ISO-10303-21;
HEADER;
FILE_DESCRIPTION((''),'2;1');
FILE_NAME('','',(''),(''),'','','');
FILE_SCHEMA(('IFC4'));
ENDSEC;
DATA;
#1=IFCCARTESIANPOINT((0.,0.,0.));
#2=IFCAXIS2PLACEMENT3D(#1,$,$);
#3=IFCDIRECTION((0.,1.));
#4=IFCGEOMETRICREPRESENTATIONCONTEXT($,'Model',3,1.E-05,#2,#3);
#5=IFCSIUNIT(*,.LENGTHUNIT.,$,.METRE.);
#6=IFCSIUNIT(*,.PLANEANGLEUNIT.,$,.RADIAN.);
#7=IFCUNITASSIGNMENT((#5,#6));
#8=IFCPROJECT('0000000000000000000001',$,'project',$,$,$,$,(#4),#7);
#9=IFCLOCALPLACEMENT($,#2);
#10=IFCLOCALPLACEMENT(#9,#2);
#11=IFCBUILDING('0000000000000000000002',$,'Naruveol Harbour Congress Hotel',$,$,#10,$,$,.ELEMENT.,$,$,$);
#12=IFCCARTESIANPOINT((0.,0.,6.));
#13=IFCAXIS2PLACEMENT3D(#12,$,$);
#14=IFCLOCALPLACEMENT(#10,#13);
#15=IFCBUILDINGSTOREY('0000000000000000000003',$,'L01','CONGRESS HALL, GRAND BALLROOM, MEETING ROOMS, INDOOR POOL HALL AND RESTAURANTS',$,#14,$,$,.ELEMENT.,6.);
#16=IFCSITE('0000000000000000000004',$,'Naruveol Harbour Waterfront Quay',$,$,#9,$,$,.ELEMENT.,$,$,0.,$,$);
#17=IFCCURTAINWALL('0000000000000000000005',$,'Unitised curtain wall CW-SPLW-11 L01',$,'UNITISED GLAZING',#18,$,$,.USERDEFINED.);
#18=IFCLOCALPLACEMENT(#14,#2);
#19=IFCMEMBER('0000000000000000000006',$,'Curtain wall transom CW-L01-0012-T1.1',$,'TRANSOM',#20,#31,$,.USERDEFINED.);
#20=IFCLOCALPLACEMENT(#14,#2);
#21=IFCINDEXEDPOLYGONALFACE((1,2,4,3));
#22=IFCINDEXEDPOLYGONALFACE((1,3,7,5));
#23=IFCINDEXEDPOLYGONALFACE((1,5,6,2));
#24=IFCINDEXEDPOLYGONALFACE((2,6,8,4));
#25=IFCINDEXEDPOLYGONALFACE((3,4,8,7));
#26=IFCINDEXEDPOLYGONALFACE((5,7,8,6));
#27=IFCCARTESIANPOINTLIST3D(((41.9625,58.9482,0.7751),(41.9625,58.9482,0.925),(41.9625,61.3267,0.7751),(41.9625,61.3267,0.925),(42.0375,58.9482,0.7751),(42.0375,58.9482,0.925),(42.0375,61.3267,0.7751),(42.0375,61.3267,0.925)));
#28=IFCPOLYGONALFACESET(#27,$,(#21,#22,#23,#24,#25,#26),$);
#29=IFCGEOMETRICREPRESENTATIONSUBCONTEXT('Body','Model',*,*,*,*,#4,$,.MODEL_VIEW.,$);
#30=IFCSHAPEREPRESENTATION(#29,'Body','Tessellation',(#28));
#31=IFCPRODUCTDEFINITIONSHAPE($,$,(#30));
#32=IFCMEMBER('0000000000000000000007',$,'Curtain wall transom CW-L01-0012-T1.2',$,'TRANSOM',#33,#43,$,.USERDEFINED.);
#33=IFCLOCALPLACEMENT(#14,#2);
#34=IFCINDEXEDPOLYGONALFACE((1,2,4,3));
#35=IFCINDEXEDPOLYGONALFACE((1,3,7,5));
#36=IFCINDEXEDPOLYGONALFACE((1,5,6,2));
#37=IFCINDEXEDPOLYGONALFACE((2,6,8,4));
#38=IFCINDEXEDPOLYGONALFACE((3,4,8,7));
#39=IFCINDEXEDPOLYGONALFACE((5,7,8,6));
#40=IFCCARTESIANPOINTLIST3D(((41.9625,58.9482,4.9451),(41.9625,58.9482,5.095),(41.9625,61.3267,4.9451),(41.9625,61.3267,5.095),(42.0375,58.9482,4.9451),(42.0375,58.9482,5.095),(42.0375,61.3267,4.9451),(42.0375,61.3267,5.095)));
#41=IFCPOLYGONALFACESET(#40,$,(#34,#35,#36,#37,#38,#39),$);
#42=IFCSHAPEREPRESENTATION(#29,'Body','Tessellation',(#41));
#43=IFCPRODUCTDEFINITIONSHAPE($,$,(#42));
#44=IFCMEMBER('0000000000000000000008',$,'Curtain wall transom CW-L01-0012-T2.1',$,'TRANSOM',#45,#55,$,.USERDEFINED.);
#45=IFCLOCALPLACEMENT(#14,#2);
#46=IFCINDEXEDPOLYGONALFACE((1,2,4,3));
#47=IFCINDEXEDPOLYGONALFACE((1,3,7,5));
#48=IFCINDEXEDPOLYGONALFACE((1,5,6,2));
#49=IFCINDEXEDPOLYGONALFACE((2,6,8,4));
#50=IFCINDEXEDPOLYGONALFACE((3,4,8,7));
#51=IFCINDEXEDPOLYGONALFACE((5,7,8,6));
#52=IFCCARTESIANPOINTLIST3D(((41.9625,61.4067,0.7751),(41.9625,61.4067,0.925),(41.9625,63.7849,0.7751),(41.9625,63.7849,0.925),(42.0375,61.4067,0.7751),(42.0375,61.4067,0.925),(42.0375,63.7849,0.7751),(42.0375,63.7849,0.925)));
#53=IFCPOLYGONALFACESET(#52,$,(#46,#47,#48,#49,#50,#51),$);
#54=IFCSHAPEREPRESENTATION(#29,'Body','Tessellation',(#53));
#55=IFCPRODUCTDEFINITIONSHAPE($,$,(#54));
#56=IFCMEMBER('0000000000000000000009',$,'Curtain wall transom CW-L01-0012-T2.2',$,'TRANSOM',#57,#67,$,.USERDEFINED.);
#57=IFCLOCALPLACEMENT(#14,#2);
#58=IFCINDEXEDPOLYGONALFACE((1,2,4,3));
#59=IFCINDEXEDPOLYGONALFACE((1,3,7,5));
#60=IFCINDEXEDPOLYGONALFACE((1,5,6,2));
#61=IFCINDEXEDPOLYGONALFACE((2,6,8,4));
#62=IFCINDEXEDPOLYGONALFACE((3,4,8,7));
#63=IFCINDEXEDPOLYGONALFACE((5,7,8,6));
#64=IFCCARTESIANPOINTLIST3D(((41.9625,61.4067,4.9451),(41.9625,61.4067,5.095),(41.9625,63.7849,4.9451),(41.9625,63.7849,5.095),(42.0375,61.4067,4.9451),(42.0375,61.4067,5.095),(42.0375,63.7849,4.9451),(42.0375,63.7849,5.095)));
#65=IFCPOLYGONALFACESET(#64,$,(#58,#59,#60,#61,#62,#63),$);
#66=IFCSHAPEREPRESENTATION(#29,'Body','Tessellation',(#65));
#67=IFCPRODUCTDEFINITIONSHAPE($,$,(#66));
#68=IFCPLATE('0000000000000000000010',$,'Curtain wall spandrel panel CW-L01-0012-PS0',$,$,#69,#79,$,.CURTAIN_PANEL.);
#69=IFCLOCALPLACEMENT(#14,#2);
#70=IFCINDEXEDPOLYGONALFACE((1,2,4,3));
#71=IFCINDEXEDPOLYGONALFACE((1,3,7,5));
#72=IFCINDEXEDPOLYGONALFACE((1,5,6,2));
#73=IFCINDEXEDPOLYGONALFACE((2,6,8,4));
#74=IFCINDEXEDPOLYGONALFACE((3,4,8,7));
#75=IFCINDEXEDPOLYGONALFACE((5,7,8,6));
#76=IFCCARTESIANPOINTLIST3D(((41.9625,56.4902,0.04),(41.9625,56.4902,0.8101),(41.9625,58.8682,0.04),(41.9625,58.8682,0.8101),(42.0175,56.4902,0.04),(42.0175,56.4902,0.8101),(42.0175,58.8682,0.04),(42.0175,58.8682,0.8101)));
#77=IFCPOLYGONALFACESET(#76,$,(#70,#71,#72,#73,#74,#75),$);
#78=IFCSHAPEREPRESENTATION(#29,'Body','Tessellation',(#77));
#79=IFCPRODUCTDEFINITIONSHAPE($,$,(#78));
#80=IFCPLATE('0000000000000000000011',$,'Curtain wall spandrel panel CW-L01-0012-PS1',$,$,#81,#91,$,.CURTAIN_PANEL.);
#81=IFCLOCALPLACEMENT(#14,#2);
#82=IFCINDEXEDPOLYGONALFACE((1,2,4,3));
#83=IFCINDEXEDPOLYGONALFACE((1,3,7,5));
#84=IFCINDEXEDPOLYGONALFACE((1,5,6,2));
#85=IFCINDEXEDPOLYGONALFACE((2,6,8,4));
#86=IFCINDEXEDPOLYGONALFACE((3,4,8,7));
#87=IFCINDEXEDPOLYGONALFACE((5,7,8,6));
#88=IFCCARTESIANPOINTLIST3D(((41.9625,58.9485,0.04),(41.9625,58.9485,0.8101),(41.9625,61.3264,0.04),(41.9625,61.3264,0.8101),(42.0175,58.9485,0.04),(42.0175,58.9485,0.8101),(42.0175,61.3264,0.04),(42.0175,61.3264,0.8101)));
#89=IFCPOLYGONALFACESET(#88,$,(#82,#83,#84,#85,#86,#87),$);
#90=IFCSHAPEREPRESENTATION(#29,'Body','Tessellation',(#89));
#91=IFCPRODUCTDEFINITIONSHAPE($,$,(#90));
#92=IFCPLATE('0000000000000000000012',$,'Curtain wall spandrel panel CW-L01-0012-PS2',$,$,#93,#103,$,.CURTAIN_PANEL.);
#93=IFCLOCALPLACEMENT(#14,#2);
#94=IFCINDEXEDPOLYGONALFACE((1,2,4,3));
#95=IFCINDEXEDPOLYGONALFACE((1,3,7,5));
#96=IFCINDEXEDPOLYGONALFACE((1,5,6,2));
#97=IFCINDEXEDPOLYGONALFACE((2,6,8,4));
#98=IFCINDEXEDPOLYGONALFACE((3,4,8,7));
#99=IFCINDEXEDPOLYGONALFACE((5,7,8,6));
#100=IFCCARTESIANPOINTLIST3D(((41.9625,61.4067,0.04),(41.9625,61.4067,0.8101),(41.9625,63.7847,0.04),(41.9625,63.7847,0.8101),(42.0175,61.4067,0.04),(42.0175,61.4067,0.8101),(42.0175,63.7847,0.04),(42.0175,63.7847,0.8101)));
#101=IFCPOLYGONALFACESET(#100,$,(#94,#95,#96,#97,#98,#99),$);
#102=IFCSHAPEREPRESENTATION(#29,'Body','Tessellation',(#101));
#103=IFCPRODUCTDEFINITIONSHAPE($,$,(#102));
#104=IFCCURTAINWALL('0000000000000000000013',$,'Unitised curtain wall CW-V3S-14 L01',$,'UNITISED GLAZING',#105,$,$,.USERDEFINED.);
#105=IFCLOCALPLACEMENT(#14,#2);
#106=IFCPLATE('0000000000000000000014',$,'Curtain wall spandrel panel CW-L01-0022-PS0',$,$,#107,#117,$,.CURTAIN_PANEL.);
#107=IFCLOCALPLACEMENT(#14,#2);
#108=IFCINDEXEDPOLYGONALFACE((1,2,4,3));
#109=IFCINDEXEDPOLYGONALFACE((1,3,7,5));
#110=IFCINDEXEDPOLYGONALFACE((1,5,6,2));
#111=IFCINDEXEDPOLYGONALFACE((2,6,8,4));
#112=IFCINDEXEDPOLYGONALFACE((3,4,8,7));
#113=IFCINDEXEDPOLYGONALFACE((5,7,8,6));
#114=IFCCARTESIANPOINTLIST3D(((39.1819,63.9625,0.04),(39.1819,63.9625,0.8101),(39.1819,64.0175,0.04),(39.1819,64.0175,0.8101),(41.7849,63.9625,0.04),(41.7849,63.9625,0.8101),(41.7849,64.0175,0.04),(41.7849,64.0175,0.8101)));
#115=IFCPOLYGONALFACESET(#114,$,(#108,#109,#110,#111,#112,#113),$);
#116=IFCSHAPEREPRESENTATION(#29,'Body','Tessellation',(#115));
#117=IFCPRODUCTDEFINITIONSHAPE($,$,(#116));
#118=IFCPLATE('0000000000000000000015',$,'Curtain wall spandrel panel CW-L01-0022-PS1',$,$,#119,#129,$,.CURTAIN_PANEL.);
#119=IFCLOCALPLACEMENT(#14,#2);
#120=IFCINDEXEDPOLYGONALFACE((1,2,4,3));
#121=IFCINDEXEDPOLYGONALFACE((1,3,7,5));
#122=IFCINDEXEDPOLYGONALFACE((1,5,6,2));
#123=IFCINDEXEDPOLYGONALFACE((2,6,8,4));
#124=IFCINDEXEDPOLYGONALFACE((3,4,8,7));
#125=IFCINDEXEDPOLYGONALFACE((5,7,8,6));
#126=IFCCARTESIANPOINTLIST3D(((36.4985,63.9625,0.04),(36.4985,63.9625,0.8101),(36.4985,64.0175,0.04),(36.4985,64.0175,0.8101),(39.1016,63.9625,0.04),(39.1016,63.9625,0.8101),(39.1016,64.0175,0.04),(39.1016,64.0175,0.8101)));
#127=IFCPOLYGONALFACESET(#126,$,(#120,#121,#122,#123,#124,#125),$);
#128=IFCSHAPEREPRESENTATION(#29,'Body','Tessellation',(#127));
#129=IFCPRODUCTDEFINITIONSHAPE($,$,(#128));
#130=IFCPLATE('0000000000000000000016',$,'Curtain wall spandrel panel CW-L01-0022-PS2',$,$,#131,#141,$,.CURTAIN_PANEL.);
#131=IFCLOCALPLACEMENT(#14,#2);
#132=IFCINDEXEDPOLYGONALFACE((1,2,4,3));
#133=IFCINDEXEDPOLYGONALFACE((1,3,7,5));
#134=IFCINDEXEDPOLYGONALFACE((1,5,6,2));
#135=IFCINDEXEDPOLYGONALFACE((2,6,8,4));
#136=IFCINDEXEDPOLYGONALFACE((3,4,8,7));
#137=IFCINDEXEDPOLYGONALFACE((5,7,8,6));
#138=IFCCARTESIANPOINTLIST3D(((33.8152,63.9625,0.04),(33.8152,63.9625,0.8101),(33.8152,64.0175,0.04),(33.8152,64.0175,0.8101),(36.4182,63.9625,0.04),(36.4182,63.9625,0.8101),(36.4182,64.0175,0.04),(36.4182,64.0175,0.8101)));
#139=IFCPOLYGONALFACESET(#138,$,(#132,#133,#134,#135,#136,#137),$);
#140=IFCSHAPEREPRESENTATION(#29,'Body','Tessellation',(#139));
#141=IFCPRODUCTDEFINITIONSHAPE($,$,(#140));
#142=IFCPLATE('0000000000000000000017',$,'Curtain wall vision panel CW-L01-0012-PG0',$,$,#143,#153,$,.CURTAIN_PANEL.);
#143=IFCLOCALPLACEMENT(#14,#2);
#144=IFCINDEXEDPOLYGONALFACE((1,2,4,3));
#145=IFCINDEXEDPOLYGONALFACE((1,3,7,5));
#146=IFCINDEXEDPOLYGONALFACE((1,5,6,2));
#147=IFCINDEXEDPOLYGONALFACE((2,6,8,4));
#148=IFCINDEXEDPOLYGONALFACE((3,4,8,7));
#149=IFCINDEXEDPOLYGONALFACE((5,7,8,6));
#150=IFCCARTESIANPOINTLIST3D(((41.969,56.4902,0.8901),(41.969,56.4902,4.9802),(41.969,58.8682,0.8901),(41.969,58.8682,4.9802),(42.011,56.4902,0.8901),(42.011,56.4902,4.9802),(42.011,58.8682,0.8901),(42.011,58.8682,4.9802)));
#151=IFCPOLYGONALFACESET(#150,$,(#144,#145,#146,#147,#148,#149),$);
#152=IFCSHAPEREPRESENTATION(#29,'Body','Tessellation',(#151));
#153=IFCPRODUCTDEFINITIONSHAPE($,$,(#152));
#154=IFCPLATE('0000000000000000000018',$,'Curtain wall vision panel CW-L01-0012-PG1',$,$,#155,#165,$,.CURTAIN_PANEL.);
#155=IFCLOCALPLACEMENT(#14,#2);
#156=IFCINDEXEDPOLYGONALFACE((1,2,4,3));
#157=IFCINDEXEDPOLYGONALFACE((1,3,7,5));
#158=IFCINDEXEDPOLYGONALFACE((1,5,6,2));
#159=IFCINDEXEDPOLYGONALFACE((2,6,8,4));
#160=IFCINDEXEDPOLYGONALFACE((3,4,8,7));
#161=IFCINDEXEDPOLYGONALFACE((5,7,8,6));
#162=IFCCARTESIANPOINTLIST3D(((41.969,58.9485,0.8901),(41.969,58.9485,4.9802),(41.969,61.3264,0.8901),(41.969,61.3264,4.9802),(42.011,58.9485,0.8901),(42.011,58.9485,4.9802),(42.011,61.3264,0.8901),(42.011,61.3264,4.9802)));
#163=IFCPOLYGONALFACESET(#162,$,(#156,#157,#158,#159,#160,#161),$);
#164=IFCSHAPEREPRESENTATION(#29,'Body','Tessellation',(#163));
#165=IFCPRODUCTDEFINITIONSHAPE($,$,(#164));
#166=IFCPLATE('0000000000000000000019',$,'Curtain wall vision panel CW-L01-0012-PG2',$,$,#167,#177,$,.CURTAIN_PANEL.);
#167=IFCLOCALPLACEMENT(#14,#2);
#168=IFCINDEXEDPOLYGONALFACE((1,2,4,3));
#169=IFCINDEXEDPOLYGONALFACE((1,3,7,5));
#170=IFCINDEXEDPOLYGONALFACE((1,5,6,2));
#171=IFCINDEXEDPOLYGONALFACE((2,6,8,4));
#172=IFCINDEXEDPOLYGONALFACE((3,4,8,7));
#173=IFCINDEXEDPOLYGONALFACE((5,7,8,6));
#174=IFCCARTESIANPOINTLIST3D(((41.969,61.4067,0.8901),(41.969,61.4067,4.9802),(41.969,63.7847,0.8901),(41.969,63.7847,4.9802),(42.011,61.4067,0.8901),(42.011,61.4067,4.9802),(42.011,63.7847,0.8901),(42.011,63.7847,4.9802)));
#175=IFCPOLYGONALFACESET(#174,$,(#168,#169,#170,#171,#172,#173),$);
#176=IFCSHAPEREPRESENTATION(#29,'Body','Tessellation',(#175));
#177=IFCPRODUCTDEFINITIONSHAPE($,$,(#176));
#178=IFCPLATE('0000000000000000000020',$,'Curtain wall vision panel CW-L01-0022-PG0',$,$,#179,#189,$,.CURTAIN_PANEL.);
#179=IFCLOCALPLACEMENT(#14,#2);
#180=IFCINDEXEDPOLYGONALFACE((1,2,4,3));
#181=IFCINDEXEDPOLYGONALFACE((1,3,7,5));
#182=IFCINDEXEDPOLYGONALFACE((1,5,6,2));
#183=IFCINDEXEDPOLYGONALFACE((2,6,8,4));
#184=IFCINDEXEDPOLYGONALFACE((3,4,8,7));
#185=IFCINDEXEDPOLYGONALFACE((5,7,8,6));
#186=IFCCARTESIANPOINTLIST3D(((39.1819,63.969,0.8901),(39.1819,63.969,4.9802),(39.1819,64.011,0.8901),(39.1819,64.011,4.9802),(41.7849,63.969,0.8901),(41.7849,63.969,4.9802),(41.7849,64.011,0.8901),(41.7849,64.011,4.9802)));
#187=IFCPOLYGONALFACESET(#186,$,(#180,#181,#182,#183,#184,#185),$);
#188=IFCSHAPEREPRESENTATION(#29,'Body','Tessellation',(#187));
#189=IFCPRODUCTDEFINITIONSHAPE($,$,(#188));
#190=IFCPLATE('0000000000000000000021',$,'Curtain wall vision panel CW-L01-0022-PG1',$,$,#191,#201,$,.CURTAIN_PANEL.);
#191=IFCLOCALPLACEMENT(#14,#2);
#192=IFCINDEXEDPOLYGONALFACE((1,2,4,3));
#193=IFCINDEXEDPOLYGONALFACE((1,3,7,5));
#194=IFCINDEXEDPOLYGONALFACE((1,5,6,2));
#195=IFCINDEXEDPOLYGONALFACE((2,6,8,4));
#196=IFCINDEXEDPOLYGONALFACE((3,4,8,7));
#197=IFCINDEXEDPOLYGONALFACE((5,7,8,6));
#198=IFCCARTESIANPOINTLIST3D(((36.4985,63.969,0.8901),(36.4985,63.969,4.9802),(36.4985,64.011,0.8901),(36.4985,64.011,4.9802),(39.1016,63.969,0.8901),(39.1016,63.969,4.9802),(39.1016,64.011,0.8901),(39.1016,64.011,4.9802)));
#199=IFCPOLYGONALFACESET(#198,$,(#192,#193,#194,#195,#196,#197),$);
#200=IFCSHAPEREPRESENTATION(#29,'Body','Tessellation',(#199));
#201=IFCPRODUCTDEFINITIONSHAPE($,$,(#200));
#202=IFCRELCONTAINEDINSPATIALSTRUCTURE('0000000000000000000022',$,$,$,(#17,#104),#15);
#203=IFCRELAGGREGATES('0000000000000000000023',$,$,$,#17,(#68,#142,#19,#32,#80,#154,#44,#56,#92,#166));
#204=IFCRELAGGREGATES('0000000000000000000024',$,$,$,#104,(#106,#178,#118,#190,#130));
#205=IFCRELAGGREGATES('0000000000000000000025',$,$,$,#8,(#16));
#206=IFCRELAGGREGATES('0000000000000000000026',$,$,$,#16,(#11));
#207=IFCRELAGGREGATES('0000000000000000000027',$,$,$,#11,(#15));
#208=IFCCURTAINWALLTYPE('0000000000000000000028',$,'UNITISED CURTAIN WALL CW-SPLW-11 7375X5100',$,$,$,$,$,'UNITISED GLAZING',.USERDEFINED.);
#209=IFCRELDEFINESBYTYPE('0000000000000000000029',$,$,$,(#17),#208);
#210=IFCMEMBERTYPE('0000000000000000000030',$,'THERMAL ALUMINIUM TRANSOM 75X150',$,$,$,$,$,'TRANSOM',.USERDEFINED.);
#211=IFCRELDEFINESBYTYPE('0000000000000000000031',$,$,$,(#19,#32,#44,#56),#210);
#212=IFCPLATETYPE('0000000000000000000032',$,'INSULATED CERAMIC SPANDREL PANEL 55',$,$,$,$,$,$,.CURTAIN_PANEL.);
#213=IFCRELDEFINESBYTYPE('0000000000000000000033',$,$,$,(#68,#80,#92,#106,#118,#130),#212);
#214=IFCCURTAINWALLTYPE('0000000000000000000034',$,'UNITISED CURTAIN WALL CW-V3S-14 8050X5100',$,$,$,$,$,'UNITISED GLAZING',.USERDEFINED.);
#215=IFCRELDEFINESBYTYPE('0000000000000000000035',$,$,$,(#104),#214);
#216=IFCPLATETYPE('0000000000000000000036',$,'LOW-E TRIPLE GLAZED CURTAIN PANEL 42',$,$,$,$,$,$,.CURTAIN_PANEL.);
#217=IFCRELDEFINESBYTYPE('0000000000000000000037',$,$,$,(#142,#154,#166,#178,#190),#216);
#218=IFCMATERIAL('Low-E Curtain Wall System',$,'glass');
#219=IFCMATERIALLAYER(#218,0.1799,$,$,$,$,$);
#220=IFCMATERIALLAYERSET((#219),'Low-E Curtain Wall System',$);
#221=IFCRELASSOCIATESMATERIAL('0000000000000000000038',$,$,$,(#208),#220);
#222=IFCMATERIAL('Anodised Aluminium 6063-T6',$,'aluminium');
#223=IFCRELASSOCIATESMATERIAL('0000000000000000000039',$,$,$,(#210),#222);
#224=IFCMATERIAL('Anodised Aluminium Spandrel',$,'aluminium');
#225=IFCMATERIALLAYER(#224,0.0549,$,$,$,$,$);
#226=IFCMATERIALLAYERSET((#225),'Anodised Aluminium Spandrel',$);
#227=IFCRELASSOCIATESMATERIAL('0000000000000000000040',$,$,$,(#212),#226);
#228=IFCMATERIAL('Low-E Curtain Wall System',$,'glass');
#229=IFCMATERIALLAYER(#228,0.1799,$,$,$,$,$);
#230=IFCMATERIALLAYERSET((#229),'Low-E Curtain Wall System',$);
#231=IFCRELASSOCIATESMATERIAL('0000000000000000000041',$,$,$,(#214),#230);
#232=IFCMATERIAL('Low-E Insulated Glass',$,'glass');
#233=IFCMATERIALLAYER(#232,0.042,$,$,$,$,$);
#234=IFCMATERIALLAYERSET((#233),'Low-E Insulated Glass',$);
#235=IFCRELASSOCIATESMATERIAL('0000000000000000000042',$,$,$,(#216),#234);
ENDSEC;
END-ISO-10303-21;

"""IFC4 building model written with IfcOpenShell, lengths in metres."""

from ifc_helpers import new_model, si_unit, direction, frame, origin, origin_2d, place, context, subcontext, project, spatial, rectangle, extrude, material, layer, layer_set, material_profile, profile_set, type_object, element, aggregate, save


model = new_model("IFC4")

# Units and contexts
model_context = context("Model", 3, precision=1e-05, world=origin(), true_north=direction((0.0, 1.0)))
body_context = subcontext(model_context, "Body", "Model", "MODEL_VIEW")
ifc_project = project(units=[si_unit("LENGTHUNIT", "METRE"), si_unit("PLANEANGLEUNIT", "RADIAN")], contexts=[model_context])

# Site, building, storey
site_placement = place(None, origin())
site = spatial("IfcSite", under=ifc_project, at=site_placement, Name="Naruveol Harbour Waterfront Quay", CompositionType="ELEMENT", RefElevation=0.0)
building_placement = place(site_placement, origin())
building = spatial("IfcBuilding", under=site, at=building_placement, Name="Naruveol Harbour Congress Hotel", CompositionType="ELEMENT")
storey_placement = place(building_placement, frame((0.0, 0.0, 6.0)))
storey = spatial("IfcBuildingStorey", under=building, at=storey_placement, Name="L01", Description="CONGRESS HALL, GRAND BALLROOM, MEETING ROOMS, INDOOR POOL HALL AND RESTAURANTS", CompositionType="ELEMENT", Elevation=6.0)

# Curtain wall, members, plates
ifc_material_1 = material(Name="Low-E Curtain Wall System", Category="glass")
ifc_layer_1 = layer(ifc_material_1, 0.1799)
ifc_layer_set_1 = layer_set([ifc_layer_1], Name="Low-E Curtain Wall System")
curtain_wall_type_1 = type_object("IfcCurtainWallType", Name="UNITISED CURTAIN WALL CW-SPLW-11 7375X5100", ElementType="UNITISED GLAZING", PredefinedType="USERDEFINED", material=ifc_layer_set_1)
curtain_wall_1_placement = place(storey_placement, origin())
curtain_wall_1 = element("IfcCurtainWall", 1, at=curtain_wall_1_placement, inside=storey, type_object=curtain_wall_type_1, Name="Unitised curtain wall CW-SPLW-11 L01", ObjectType="UNITISED GLAZING", PredefinedType="USERDEFINED")
ifc_material_2 = material(Name="Anodised Aluminium 6063-T6", Category="aluminium")
ifc_material_profile_1 = material_profile(ifc_material_2, rectangle(XDim=0.075, YDim=0.1499, at=origin_2d()), Name="ALU-75x150")
ifc_profile_set_1 = profile_set([ifc_material_profile_1], Name="Anodised Aluminium 6063-T6")
member_type_1 = type_object("IfcMemberType", Name="THERMAL ALUMINIUM TRANSOM 75X150", ElementType="TRANSOM", PredefinedType="USERDEFINED", material=ifc_profile_set_1)
member_1_placement = place(storey_placement, frame((42.0, 58.9482, 0.8501), z_axis=(0.0, 1.0, 0.0), x_axis=(-1.0, 0.0, 0.0)))
member_1 = element("IfcMember", 2, at=member_1_placement, type_object=member_type_1, Name="Curtain wall transom CW-L01-0012-T1.1", ObjectType="TRANSOM", PredefinedType="USERDEFINED", context=body_context, shape_type="SweptSolid", body=[
    extrude(rectangle(XDim=0.075, YDim=0.1499, at=origin_2d()), origin(), (0.0, 0.0, 1.0), 2.3784),
])
member_2_placement = place(storey_placement, frame((42.0, 58.9482, 5.02), z_axis=(0.0, 1.0, 0.0), x_axis=(-1.0, 0.0, 0.0)))
member_2 = element("IfcMember", 3, at=member_2_placement, type_object=member_type_1, Name="Curtain wall transom CW-L01-0012-T1.2", ObjectType="TRANSOM", PredefinedType="USERDEFINED", context=body_context, shape_type="SweptSolid", body=[
    extrude(rectangle(XDim=0.075, YDim=0.1499, at=origin_2d()), origin(), (0.0, 0.0, 1.0), 2.3784),
])
member_3_placement = place(storey_placement, frame((42.0, 61.4067, 0.8501), z_axis=(0.0, 1.0, 0.0), x_axis=(-1.0, 0.0, 0.0)))
member_3 = element("IfcMember", 4, at=member_3_placement, type_object=member_type_1, Name="Curtain wall transom CW-L01-0012-T2.1", ObjectType="TRANSOM", PredefinedType="USERDEFINED", context=body_context, shape_type="SweptSolid", body=[
    extrude(rectangle(XDim=0.075, YDim=0.1499, at=origin_2d()), origin(), (0.0, 0.0, 1.0), 2.3782),
])
member_4_placement = place(storey_placement, frame((42.0, 61.4067, 5.02), z_axis=(0.0, 1.0, 0.0), x_axis=(-1.0, 0.0, 0.0)))
member_4 = element("IfcMember", 5, at=member_4_placement, type_object=member_type_1, Name="Curtain wall transom CW-L01-0012-T2.2", ObjectType="TRANSOM", PredefinedType="USERDEFINED", context=body_context, shape_type="SweptSolid", body=[
    extrude(rectangle(XDim=0.075, YDim=0.1499, at=origin_2d()), origin(), (0.0, 0.0, 1.0), 2.3782),
])
ifc_material_3 = material(Name="Anodised Aluminium Spandrel", Category="aluminium")
ifc_layer_2 = layer(ifc_material_3, 0.0549)
ifc_layer_set_2 = layer_set([ifc_layer_2], Name="Anodised Aluminium Spandrel")
plate_type_1 = type_object("IfcPlateType", Name="INSULATED CERAMIC SPANDREL PANEL 55", PredefinedType="CURTAIN_PANEL", material=ifc_layer_set_2)
plate_1_placement = place(storey_placement, frame((41.99, 57.6792, 0.04), z_axis=(0.0, 0.0, 1.0), x_axis=(0.0, 1.0, 0.0)))
plate_1 = element("IfcPlate", 6, at=plate_1_placement, type_object=plate_type_1, Name="Curtain wall spandrel panel CW-L01-0012-PS0", PredefinedType="CURTAIN_PANEL", context=body_context, shape_type="SweptSolid", body=[
    extrude(rectangle(XDim=2.3779, YDim=0.0549, at=origin_2d()), origin(), (0.0, 0.0, 1.0), 0.77),
])
plate_2_placement = place(storey_placement, frame((41.99, 60.1375, 0.04), z_axis=(0.0, 0.0, 1.0), x_axis=(0.0, 1.0, 0.0)))
plate_2 = element("IfcPlate", 7, at=plate_2_placement, type_object=plate_type_1, Name="Curtain wall spandrel panel CW-L01-0012-PS1", PredefinedType="CURTAIN_PANEL", context=body_context, shape_type="SweptSolid", body=[
    extrude(rectangle(XDim=2.3779, YDim=0.0549, at=origin_2d()), origin(), (0.0, 0.0, 1.0), 0.77),
])
plate_3_placement = place(storey_placement, frame((41.99, 62.5957, 0.04), z_axis=(0.0, 0.0, 1.0), x_axis=(0.0, 1.0, 0.0)))
plate_3 = element("IfcPlate", 8, at=plate_3_placement, type_object=plate_type_1, Name="Curtain wall spandrel panel CW-L01-0012-PS2", PredefinedType="CURTAIN_PANEL", context=body_context, shape_type="SweptSolid", body=[
    extrude(rectangle(XDim=2.3779, YDim=0.0549, at=origin_2d()), origin(), (0.0, 0.0, 1.0), 0.77),
])

# Curtain wall, plates
ifc_material_4 = material(Name="Low-E Curtain Wall System", Category="glass")
ifc_layer_3 = layer(ifc_material_4, 0.1799)
ifc_layer_set_3 = layer_set([ifc_layer_3], Name="Low-E Curtain Wall System")
curtain_wall_type_2 = type_object("IfcCurtainWallType", Name="UNITISED CURTAIN WALL CW-V3S-14 8050X5100", ElementType="UNITISED GLAZING", PredefinedType="USERDEFINED", material=ifc_layer_set_3)
curtain_wall_2_placement = place(storey_placement, origin())
curtain_wall_2 = element("IfcCurtainWall", 9, at=curtain_wall_2_placement, inside=storey, type_object=curtain_wall_type_2, Name="Unitised curtain wall CW-V3S-14 L01", ObjectType="UNITISED GLAZING", PredefinedType="USERDEFINED")
plate_4_placement = place(storey_placement, frame((40.4834, 63.99, 0.04), z_axis=(0.0, 0.0, 1.0), x_axis=(-1.0, 0.0, 0.0)))
plate_4 = element("IfcPlate", 10, at=plate_4_placement, type_object=plate_type_1, Name="Curtain wall spandrel panel CW-L01-0022-PS0", PredefinedType="CURTAIN_PANEL", context=body_context, shape_type="SweptSolid", body=[
    extrude(rectangle(XDim=2.603, YDim=0.0549, at=origin_2d()), origin(), (0.0, 0.0, 1.0), 0.77),
])
plate_5_placement = place(storey_placement, frame((37.8, 63.99, 0.04), z_axis=(0.0, 0.0, 1.0), x_axis=(-1.0, 0.0, 0.0)))
plate_5 = element("IfcPlate", 11, at=plate_5_placement, type_object=plate_type_1, Name="Curtain wall spandrel panel CW-L01-0022-PS1", PredefinedType="CURTAIN_PANEL", context=body_context, shape_type="SweptSolid", body=[
    extrude(rectangle(XDim=2.603, YDim=0.0549, at=origin_2d()), origin(), (0.0, 0.0, 1.0), 0.77),
])
plate_6_placement = place(storey_placement, frame((35.1167, 63.99, 0.04), z_axis=(0.0, 0.0, 1.0), x_axis=(-1.0, 0.0, 0.0)))
plate_6 = element("IfcPlate", 12, at=plate_6_placement, type_object=plate_type_1, Name="Curtain wall spandrel panel CW-L01-0022-PS2", PredefinedType="CURTAIN_PANEL", context=body_context, shape_type="SweptSolid", body=[
    extrude(rectangle(XDim=2.603, YDim=0.0549, at=origin_2d()), origin(), (0.0, 0.0, 1.0), 0.77),
])

# Plates
ifc_material_5 = material(Name="Low-E Insulated Glass", Category="glass")
ifc_layer_4 = layer(ifc_material_5, 0.042)
ifc_layer_set_4 = layer_set([ifc_layer_4], Name="Low-E Insulated Glass")
plate_type_2 = type_object("IfcPlateType", Name="LOW-E TRIPLE GLAZED CURTAIN PANEL 42", PredefinedType="CURTAIN_PANEL", material=ifc_layer_set_4)
plate_7_placement = place(storey_placement, frame((41.99, 57.6792, 0.8901), z_axis=(0.0, 0.0, 1.0), x_axis=(0.0, 1.0, 0.0)))
plate_7 = element("IfcPlate", 13, at=plate_7_placement, type_object=plate_type_2, Name="Curtain wall vision panel CW-L01-0012-PG0", PredefinedType="CURTAIN_PANEL", context=body_context, shape_type="SweptSolid", body=[
    extrude(rectangle(XDim=2.3779, YDim=0.042, at=origin_2d()), origin(), (0.0, 0.0, 1.0), 4.0901),
])
plate_8_placement = place(storey_placement, frame((41.99, 60.1375, 0.8901), z_axis=(0.0, 0.0, 1.0), x_axis=(0.0, 1.0, 0.0)))
plate_8 = element("IfcPlate", 14, at=plate_8_placement, type_object=plate_type_2, Name="Curtain wall vision panel CW-L01-0012-PG1", PredefinedType="CURTAIN_PANEL", context=body_context, shape_type="SweptSolid", body=[
    extrude(rectangle(XDim=2.3779, YDim=0.042, at=origin_2d()), origin(), (0.0, 0.0, 1.0), 4.0901),
])
plate_9_placement = place(storey_placement, frame((41.99, 62.5957, 0.8901), z_axis=(0.0, 0.0, 1.0), x_axis=(0.0, 1.0, 0.0)))
plate_9 = element("IfcPlate", 15, at=plate_9_placement, type_object=plate_type_2, Name="Curtain wall vision panel CW-L01-0012-PG2", PredefinedType="CURTAIN_PANEL", context=body_context, shape_type="SweptSolid", body=[
    extrude(rectangle(XDim=2.3779, YDim=0.042, at=origin_2d()), origin(), (0.0, 0.0, 1.0), 4.0901),
])
aggregate(curtain_wall_1, [plate_1, plate_7, member_1, member_2, plate_2, plate_8, member_3, member_4, plate_3, plate_9])
plate_10_placement = place(storey_placement, frame((40.4834, 63.99, 0.8901), z_axis=(0.0, 0.0, 1.0), x_axis=(-1.0, 0.0, 0.0)))
plate_10 = element("IfcPlate", 16, at=plate_10_placement, type_object=plate_type_2, Name="Curtain wall vision panel CW-L01-0022-PG0", PredefinedType="CURTAIN_PANEL", context=body_context, shape_type="SweptSolid", body=[
    extrude(rectangle(XDim=2.603, YDim=0.042, at=origin_2d()), origin(), (0.0, 0.0, 1.0), 4.0901),
])
plate_11_placement = place(storey_placement, frame((37.8, 63.99, 0.8901), z_axis=(0.0, 0.0, 1.0), x_axis=(-1.0, 0.0, 0.0)))
plate_11 = element("IfcPlate", 17, at=plate_11_placement, type_object=plate_type_2, Name="Curtain wall vision panel CW-L01-0022-PG1", PredefinedType="CURTAIN_PANEL", context=body_context, shape_type="SweptSolid", body=[
    extrude(rectangle(XDim=2.603, YDim=0.042, at=origin_2d()), origin(), (0.0, 0.0, 1.0), 4.0901),
])
aggregate(curtain_wall_2, [plate_4, plate_10, plate_5, plate_11, plate_6])

save(model, "model.ifc")
